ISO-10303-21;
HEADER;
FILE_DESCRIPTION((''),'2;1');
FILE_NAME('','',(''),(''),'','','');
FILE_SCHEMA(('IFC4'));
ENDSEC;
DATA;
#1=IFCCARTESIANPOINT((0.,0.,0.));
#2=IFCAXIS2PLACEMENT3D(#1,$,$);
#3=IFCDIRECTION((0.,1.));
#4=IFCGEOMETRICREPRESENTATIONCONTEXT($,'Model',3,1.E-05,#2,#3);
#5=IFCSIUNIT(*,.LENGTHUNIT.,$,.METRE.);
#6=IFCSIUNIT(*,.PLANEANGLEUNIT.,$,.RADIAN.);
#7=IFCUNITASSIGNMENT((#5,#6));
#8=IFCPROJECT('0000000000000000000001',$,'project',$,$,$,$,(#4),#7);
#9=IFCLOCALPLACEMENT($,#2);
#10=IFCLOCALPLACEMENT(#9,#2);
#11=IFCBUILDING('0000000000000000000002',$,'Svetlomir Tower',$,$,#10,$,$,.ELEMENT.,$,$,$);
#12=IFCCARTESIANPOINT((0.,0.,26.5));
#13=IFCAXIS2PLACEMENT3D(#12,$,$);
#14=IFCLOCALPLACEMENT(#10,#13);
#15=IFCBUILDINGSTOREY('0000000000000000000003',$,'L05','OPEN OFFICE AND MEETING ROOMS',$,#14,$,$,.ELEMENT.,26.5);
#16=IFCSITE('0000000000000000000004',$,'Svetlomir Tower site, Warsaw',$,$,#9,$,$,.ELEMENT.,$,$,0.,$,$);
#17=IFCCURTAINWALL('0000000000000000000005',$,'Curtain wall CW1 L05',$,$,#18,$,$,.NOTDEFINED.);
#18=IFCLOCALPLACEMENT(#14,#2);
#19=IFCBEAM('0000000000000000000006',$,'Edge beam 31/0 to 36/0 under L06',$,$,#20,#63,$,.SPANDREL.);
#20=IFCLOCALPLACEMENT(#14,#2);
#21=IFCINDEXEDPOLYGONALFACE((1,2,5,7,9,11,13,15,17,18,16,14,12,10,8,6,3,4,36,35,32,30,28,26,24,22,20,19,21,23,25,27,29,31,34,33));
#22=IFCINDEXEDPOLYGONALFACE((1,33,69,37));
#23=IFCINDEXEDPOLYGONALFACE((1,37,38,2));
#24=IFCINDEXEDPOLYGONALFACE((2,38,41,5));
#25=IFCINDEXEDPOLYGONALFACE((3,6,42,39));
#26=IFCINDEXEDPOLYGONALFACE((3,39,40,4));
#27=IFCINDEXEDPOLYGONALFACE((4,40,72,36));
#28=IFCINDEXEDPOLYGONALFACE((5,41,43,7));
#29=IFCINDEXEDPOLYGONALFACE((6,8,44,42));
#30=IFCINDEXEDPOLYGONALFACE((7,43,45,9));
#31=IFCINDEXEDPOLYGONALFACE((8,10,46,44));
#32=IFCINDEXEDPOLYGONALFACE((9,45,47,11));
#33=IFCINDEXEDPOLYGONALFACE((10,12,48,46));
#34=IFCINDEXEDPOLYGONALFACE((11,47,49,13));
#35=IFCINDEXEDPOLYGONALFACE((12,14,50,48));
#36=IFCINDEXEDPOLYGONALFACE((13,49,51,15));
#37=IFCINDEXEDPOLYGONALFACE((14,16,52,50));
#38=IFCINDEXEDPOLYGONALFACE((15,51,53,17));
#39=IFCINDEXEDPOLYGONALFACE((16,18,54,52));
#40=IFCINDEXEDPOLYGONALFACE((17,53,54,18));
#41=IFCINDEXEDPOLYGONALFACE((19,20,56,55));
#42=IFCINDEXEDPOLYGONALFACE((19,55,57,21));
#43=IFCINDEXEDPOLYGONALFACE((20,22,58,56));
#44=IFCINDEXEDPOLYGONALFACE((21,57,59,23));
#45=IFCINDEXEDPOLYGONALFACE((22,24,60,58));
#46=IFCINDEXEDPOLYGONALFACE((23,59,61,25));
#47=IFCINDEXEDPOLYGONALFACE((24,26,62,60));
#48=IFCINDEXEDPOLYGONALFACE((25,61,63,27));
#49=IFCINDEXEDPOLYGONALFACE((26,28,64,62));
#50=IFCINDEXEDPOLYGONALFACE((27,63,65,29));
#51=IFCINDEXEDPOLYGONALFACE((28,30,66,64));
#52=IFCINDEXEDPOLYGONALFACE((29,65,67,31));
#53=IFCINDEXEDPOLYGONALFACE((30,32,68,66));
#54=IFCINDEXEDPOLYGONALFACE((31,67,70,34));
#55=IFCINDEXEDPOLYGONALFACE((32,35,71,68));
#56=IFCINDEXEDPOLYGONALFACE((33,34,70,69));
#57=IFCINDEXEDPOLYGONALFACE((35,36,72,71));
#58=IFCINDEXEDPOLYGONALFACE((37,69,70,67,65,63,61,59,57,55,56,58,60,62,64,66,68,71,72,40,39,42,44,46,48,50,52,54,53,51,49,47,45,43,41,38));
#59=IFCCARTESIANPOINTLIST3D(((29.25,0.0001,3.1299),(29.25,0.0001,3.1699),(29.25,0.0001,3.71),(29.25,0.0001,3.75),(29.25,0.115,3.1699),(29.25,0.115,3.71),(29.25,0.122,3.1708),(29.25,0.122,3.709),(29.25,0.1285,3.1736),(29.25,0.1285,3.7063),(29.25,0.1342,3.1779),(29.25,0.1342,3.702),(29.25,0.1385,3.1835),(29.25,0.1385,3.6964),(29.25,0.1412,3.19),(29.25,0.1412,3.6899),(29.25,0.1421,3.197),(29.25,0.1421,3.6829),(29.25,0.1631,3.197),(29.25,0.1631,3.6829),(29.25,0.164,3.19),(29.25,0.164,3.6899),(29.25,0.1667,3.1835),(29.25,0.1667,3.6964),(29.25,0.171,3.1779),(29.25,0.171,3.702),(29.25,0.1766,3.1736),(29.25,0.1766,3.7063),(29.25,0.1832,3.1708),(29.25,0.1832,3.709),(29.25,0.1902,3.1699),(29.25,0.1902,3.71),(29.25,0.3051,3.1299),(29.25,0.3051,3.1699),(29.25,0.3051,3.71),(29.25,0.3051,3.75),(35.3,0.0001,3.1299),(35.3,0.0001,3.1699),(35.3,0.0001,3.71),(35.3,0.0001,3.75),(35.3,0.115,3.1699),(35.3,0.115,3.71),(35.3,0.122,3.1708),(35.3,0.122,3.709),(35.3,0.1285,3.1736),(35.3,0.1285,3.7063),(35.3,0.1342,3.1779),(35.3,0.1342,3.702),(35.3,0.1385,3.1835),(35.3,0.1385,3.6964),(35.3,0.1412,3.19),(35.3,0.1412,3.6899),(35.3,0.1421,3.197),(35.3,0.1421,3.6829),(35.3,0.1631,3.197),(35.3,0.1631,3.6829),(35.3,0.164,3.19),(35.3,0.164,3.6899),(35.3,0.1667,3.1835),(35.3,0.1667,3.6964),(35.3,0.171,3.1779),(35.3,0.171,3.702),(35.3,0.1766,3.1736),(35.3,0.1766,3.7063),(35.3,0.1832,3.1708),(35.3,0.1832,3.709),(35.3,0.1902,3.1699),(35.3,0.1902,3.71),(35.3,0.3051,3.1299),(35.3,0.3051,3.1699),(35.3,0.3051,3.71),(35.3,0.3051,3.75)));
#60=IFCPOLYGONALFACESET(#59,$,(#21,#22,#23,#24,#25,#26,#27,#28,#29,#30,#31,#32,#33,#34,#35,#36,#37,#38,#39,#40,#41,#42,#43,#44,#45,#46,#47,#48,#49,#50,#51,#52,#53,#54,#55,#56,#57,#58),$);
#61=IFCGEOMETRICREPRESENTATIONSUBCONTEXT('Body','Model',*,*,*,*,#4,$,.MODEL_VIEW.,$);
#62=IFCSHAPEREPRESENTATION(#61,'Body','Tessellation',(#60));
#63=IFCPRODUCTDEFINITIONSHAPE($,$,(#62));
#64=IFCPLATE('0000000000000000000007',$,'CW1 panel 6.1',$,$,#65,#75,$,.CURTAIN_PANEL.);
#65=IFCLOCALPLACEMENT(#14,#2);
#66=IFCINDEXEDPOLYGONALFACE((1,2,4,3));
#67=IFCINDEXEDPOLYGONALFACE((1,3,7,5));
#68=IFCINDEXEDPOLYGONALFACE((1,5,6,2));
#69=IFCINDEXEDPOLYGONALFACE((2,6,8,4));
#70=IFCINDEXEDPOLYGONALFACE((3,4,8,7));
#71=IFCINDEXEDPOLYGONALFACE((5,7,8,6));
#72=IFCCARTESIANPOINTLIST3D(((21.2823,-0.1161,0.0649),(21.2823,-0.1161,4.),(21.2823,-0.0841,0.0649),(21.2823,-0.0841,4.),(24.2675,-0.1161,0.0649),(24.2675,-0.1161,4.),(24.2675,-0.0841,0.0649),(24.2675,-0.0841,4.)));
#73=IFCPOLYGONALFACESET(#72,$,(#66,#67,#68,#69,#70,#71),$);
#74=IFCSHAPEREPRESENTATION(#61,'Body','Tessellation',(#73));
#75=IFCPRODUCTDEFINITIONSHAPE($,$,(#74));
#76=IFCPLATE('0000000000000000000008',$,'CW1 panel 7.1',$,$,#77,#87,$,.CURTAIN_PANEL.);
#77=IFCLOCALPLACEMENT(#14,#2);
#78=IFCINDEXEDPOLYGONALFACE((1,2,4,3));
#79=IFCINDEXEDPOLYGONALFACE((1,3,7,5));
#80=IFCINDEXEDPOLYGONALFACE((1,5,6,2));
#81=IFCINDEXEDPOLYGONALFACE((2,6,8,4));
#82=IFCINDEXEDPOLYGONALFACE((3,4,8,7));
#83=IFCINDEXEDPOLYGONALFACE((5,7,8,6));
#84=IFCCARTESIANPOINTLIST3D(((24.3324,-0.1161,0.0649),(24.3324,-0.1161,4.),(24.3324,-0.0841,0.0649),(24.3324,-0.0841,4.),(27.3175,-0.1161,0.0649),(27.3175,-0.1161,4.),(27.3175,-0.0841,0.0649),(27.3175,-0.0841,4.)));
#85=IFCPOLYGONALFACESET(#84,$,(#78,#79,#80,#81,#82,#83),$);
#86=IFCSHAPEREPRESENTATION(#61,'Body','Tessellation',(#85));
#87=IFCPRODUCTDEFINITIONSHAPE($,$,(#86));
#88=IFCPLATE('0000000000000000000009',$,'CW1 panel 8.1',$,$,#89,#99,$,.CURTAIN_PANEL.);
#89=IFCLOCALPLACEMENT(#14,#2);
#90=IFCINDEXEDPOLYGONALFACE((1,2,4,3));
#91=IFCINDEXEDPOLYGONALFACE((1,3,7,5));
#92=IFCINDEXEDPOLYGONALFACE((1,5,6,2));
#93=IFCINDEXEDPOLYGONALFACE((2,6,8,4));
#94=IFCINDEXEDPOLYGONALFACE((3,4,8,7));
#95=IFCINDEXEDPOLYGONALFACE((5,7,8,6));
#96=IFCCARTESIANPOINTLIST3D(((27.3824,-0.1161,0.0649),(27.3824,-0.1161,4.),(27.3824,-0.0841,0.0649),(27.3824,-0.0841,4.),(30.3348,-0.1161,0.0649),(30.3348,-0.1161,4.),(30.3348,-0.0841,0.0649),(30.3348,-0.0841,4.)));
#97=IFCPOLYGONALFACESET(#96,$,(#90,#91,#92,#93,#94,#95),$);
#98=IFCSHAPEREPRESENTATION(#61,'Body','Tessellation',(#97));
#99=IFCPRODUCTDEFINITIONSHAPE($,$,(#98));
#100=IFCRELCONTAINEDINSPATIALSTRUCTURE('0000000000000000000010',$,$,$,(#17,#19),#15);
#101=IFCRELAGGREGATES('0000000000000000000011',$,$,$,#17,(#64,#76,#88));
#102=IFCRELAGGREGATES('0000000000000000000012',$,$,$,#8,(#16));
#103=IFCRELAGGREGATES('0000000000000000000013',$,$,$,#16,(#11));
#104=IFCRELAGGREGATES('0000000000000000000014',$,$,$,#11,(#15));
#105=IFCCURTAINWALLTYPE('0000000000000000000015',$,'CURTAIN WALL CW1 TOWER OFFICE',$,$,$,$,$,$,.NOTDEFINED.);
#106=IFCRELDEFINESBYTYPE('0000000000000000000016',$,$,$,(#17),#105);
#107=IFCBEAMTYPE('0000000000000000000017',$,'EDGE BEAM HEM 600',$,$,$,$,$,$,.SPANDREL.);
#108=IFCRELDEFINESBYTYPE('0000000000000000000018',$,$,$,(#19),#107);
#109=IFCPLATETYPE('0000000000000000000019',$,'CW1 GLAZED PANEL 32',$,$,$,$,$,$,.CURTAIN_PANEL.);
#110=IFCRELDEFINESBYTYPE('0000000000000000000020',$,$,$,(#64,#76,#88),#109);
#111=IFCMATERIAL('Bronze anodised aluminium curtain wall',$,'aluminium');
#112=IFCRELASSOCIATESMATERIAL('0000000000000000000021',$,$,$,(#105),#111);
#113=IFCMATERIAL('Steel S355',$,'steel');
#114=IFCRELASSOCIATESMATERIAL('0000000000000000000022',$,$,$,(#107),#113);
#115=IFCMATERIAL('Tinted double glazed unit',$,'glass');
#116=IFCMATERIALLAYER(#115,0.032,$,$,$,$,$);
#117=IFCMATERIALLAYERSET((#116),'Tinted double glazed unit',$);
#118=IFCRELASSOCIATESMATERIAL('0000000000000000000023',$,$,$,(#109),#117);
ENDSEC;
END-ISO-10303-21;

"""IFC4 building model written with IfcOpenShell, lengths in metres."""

from ifc_helpers import new_model, si_unit, direction, frame, origin, origin_2d, place, context, subcontext, project, spatial, rectangle, i_section, extrude, material, layer, layer_set, material_profile, profile_set, type_object, element, aggregate, save


model = new_model("IFC4")

# Units and contexts
model_context = context("Model", 3, precision=1e-05, world=origin(), true_north=direction((0.0, 1.0)))
body_context = subcontext(model_context, "Body", "Model", "MODEL_VIEW")
ifc_project = project(units=[si_unit("LENGTHUNIT", "METRE"), si_unit("PLANEANGLEUNIT", "RADIAN")], contexts=[model_context])

# Site, building, storey
site_placement = place(None, origin())
site = spatial("IfcSite", under=ifc_project, at=site_placement, Name="Svetlomir Tower site, Warsaw", CompositionType="ELEMENT", RefElevation=0.0)
building_placement = place(site_placement, origin())
building = spatial("IfcBuilding", under=site, at=building_placement, Name="Svetlomir Tower", CompositionType="ELEMENT")
storey_placement = place(building_placement, frame((0.0, 0.0, 26.5)))
storey = spatial("IfcBuildingStorey", under=building, at=storey_placement, Name="L05", Description="OPEN OFFICE AND MEETING ROOMS", CompositionType="ELEMENT", Elevation=26.5)

# Curtain wall
ifc_material_1 = material(Name="Bronze anodised aluminium curtain wall", Category="aluminium")
curtain_wall_type = type_object("IfcCurtainWallType", Name="CURTAIN WALL CW1 TOWER OFFICE", PredefinedType="NOTDEFINED", material=ifc_material_1)
curtain_wall_placement = place(storey_placement, origin())
curtain_wall = element("IfcCurtainWall", 1, at=curtain_wall_placement, inside=storey, type_object=curtain_wall_type, Name="Curtain wall CW1 L05", PredefinedType="NOTDEFINED")

# Beam
ifc_material_2 = material(Name="Steel S355", Category="steel")
ifc_material_profile_1 = material_profile(ifc_material_2, i_section(OverallWidth=0.3049, OverallDepth=0.6201, WebThickness=0.021, FlangeThickness=0.04, FilletRadius=0.0271, at=origin_2d()), Name="HEM 600")
ifc_profile_set_1 = profile_set([ifc_material_profile_1], Name="Steel S355")
beam_type_1 = type_object("IfcBeamType", Name="EDGE BEAM HEM 600", PredefinedType="SPANDREL", material=ifc_profile_set_1)
beam_1_placement = place(storey_placement, frame((29.25, 0.1526, 3.4399), z_axis=(1.0, 0.0, 0.0), x_axis=(0.0, 1.0, 0.0)))
element("IfcBeam", 2, at=beam_1_placement, inside=storey, type_object=beam_type_1, Name="Edge beam 31/0 to 36/0 under L06", PredefinedType="SPANDREL", context=body_context, shape_type="SweptSolid", body=[
    extrude(i_section(OverallWidth=0.3049, OverallDepth=0.6201, WebThickness=0.021, FlangeThickness=0.04, FilletRadius=0.0271, at=origin_2d()), origin(), (0.0, 0.0, 1.0), 6.05),
])

# Plates
ifc_material_3 = material(Name="Tinted double glazed unit", Category="glass")
ifc_layer_1 = layer(ifc_material_3, 0.032)
ifc_layer_set_1 = layer_set([ifc_layer_1], Name="Tinted double glazed unit")
plate_type = type_object("IfcPlateType", Name="CW1 GLAZED PANEL 32", PredefinedType="CURTAIN_PANEL", material=ifc_layer_set_1)
plate_1_placement = place(storey_placement, frame((22.7749, -0.1001, 0.0649), z_axis=(0.0, 0.0, 1.0), x_axis=(1.0, 0.0, 0.0)))
plate_1 = element("IfcPlate", 3, at=plate_1_placement, type_object=plate_type, Name="CW1 panel 6.1", PredefinedType="CURTAIN_PANEL", context=body_context, shape_type="SweptSolid", body=[
    extrude(rectangle(XDim=2.9851, YDim=0.032, at=origin_2d()), origin(), (0.0, 0.0, 1.0), 3.9351),
])
plate_2_placement = place(storey_placement, frame((25.825, -0.1001, 0.0649), z_axis=(0.0, 0.0, 1.0), x_axis=(1.0, 0.0, 0.0)))
plate_2 = element("IfcPlate", 4, at=plate_2_placement, type_object=plate_type, Name="CW1 panel 7.1", PredefinedType="CURTAIN_PANEL", context=body_context, shape_type="SweptSolid", body=[
    extrude(rectangle(XDim=2.9851, YDim=0.032, at=origin_2d()), origin(), (0.0, 0.0, 1.0), 3.9351),
])
plate_3_placement = place(storey_placement, frame((28.8586, -0.1001, 0.0649), z_axis=(0.0, 0.0, 1.0), x_axis=(1.0, 0.0, 0.0)))
plate_3 = element("IfcPlate", 5, at=plate_3_placement, type_object=plate_type, Name="CW1 panel 8.1", PredefinedType="CURTAIN_PANEL", context=body_context, shape_type="SweptSolid", body=[
    extrude(rectangle(XDim=2.9524, YDim=0.032, at=origin_2d()), origin(), (0.0, 0.0, 1.0), 3.9351),
])
aggregate(curtain_wall, [plate_1, plate_2, plate_3])

save(model, "model.ifc")
